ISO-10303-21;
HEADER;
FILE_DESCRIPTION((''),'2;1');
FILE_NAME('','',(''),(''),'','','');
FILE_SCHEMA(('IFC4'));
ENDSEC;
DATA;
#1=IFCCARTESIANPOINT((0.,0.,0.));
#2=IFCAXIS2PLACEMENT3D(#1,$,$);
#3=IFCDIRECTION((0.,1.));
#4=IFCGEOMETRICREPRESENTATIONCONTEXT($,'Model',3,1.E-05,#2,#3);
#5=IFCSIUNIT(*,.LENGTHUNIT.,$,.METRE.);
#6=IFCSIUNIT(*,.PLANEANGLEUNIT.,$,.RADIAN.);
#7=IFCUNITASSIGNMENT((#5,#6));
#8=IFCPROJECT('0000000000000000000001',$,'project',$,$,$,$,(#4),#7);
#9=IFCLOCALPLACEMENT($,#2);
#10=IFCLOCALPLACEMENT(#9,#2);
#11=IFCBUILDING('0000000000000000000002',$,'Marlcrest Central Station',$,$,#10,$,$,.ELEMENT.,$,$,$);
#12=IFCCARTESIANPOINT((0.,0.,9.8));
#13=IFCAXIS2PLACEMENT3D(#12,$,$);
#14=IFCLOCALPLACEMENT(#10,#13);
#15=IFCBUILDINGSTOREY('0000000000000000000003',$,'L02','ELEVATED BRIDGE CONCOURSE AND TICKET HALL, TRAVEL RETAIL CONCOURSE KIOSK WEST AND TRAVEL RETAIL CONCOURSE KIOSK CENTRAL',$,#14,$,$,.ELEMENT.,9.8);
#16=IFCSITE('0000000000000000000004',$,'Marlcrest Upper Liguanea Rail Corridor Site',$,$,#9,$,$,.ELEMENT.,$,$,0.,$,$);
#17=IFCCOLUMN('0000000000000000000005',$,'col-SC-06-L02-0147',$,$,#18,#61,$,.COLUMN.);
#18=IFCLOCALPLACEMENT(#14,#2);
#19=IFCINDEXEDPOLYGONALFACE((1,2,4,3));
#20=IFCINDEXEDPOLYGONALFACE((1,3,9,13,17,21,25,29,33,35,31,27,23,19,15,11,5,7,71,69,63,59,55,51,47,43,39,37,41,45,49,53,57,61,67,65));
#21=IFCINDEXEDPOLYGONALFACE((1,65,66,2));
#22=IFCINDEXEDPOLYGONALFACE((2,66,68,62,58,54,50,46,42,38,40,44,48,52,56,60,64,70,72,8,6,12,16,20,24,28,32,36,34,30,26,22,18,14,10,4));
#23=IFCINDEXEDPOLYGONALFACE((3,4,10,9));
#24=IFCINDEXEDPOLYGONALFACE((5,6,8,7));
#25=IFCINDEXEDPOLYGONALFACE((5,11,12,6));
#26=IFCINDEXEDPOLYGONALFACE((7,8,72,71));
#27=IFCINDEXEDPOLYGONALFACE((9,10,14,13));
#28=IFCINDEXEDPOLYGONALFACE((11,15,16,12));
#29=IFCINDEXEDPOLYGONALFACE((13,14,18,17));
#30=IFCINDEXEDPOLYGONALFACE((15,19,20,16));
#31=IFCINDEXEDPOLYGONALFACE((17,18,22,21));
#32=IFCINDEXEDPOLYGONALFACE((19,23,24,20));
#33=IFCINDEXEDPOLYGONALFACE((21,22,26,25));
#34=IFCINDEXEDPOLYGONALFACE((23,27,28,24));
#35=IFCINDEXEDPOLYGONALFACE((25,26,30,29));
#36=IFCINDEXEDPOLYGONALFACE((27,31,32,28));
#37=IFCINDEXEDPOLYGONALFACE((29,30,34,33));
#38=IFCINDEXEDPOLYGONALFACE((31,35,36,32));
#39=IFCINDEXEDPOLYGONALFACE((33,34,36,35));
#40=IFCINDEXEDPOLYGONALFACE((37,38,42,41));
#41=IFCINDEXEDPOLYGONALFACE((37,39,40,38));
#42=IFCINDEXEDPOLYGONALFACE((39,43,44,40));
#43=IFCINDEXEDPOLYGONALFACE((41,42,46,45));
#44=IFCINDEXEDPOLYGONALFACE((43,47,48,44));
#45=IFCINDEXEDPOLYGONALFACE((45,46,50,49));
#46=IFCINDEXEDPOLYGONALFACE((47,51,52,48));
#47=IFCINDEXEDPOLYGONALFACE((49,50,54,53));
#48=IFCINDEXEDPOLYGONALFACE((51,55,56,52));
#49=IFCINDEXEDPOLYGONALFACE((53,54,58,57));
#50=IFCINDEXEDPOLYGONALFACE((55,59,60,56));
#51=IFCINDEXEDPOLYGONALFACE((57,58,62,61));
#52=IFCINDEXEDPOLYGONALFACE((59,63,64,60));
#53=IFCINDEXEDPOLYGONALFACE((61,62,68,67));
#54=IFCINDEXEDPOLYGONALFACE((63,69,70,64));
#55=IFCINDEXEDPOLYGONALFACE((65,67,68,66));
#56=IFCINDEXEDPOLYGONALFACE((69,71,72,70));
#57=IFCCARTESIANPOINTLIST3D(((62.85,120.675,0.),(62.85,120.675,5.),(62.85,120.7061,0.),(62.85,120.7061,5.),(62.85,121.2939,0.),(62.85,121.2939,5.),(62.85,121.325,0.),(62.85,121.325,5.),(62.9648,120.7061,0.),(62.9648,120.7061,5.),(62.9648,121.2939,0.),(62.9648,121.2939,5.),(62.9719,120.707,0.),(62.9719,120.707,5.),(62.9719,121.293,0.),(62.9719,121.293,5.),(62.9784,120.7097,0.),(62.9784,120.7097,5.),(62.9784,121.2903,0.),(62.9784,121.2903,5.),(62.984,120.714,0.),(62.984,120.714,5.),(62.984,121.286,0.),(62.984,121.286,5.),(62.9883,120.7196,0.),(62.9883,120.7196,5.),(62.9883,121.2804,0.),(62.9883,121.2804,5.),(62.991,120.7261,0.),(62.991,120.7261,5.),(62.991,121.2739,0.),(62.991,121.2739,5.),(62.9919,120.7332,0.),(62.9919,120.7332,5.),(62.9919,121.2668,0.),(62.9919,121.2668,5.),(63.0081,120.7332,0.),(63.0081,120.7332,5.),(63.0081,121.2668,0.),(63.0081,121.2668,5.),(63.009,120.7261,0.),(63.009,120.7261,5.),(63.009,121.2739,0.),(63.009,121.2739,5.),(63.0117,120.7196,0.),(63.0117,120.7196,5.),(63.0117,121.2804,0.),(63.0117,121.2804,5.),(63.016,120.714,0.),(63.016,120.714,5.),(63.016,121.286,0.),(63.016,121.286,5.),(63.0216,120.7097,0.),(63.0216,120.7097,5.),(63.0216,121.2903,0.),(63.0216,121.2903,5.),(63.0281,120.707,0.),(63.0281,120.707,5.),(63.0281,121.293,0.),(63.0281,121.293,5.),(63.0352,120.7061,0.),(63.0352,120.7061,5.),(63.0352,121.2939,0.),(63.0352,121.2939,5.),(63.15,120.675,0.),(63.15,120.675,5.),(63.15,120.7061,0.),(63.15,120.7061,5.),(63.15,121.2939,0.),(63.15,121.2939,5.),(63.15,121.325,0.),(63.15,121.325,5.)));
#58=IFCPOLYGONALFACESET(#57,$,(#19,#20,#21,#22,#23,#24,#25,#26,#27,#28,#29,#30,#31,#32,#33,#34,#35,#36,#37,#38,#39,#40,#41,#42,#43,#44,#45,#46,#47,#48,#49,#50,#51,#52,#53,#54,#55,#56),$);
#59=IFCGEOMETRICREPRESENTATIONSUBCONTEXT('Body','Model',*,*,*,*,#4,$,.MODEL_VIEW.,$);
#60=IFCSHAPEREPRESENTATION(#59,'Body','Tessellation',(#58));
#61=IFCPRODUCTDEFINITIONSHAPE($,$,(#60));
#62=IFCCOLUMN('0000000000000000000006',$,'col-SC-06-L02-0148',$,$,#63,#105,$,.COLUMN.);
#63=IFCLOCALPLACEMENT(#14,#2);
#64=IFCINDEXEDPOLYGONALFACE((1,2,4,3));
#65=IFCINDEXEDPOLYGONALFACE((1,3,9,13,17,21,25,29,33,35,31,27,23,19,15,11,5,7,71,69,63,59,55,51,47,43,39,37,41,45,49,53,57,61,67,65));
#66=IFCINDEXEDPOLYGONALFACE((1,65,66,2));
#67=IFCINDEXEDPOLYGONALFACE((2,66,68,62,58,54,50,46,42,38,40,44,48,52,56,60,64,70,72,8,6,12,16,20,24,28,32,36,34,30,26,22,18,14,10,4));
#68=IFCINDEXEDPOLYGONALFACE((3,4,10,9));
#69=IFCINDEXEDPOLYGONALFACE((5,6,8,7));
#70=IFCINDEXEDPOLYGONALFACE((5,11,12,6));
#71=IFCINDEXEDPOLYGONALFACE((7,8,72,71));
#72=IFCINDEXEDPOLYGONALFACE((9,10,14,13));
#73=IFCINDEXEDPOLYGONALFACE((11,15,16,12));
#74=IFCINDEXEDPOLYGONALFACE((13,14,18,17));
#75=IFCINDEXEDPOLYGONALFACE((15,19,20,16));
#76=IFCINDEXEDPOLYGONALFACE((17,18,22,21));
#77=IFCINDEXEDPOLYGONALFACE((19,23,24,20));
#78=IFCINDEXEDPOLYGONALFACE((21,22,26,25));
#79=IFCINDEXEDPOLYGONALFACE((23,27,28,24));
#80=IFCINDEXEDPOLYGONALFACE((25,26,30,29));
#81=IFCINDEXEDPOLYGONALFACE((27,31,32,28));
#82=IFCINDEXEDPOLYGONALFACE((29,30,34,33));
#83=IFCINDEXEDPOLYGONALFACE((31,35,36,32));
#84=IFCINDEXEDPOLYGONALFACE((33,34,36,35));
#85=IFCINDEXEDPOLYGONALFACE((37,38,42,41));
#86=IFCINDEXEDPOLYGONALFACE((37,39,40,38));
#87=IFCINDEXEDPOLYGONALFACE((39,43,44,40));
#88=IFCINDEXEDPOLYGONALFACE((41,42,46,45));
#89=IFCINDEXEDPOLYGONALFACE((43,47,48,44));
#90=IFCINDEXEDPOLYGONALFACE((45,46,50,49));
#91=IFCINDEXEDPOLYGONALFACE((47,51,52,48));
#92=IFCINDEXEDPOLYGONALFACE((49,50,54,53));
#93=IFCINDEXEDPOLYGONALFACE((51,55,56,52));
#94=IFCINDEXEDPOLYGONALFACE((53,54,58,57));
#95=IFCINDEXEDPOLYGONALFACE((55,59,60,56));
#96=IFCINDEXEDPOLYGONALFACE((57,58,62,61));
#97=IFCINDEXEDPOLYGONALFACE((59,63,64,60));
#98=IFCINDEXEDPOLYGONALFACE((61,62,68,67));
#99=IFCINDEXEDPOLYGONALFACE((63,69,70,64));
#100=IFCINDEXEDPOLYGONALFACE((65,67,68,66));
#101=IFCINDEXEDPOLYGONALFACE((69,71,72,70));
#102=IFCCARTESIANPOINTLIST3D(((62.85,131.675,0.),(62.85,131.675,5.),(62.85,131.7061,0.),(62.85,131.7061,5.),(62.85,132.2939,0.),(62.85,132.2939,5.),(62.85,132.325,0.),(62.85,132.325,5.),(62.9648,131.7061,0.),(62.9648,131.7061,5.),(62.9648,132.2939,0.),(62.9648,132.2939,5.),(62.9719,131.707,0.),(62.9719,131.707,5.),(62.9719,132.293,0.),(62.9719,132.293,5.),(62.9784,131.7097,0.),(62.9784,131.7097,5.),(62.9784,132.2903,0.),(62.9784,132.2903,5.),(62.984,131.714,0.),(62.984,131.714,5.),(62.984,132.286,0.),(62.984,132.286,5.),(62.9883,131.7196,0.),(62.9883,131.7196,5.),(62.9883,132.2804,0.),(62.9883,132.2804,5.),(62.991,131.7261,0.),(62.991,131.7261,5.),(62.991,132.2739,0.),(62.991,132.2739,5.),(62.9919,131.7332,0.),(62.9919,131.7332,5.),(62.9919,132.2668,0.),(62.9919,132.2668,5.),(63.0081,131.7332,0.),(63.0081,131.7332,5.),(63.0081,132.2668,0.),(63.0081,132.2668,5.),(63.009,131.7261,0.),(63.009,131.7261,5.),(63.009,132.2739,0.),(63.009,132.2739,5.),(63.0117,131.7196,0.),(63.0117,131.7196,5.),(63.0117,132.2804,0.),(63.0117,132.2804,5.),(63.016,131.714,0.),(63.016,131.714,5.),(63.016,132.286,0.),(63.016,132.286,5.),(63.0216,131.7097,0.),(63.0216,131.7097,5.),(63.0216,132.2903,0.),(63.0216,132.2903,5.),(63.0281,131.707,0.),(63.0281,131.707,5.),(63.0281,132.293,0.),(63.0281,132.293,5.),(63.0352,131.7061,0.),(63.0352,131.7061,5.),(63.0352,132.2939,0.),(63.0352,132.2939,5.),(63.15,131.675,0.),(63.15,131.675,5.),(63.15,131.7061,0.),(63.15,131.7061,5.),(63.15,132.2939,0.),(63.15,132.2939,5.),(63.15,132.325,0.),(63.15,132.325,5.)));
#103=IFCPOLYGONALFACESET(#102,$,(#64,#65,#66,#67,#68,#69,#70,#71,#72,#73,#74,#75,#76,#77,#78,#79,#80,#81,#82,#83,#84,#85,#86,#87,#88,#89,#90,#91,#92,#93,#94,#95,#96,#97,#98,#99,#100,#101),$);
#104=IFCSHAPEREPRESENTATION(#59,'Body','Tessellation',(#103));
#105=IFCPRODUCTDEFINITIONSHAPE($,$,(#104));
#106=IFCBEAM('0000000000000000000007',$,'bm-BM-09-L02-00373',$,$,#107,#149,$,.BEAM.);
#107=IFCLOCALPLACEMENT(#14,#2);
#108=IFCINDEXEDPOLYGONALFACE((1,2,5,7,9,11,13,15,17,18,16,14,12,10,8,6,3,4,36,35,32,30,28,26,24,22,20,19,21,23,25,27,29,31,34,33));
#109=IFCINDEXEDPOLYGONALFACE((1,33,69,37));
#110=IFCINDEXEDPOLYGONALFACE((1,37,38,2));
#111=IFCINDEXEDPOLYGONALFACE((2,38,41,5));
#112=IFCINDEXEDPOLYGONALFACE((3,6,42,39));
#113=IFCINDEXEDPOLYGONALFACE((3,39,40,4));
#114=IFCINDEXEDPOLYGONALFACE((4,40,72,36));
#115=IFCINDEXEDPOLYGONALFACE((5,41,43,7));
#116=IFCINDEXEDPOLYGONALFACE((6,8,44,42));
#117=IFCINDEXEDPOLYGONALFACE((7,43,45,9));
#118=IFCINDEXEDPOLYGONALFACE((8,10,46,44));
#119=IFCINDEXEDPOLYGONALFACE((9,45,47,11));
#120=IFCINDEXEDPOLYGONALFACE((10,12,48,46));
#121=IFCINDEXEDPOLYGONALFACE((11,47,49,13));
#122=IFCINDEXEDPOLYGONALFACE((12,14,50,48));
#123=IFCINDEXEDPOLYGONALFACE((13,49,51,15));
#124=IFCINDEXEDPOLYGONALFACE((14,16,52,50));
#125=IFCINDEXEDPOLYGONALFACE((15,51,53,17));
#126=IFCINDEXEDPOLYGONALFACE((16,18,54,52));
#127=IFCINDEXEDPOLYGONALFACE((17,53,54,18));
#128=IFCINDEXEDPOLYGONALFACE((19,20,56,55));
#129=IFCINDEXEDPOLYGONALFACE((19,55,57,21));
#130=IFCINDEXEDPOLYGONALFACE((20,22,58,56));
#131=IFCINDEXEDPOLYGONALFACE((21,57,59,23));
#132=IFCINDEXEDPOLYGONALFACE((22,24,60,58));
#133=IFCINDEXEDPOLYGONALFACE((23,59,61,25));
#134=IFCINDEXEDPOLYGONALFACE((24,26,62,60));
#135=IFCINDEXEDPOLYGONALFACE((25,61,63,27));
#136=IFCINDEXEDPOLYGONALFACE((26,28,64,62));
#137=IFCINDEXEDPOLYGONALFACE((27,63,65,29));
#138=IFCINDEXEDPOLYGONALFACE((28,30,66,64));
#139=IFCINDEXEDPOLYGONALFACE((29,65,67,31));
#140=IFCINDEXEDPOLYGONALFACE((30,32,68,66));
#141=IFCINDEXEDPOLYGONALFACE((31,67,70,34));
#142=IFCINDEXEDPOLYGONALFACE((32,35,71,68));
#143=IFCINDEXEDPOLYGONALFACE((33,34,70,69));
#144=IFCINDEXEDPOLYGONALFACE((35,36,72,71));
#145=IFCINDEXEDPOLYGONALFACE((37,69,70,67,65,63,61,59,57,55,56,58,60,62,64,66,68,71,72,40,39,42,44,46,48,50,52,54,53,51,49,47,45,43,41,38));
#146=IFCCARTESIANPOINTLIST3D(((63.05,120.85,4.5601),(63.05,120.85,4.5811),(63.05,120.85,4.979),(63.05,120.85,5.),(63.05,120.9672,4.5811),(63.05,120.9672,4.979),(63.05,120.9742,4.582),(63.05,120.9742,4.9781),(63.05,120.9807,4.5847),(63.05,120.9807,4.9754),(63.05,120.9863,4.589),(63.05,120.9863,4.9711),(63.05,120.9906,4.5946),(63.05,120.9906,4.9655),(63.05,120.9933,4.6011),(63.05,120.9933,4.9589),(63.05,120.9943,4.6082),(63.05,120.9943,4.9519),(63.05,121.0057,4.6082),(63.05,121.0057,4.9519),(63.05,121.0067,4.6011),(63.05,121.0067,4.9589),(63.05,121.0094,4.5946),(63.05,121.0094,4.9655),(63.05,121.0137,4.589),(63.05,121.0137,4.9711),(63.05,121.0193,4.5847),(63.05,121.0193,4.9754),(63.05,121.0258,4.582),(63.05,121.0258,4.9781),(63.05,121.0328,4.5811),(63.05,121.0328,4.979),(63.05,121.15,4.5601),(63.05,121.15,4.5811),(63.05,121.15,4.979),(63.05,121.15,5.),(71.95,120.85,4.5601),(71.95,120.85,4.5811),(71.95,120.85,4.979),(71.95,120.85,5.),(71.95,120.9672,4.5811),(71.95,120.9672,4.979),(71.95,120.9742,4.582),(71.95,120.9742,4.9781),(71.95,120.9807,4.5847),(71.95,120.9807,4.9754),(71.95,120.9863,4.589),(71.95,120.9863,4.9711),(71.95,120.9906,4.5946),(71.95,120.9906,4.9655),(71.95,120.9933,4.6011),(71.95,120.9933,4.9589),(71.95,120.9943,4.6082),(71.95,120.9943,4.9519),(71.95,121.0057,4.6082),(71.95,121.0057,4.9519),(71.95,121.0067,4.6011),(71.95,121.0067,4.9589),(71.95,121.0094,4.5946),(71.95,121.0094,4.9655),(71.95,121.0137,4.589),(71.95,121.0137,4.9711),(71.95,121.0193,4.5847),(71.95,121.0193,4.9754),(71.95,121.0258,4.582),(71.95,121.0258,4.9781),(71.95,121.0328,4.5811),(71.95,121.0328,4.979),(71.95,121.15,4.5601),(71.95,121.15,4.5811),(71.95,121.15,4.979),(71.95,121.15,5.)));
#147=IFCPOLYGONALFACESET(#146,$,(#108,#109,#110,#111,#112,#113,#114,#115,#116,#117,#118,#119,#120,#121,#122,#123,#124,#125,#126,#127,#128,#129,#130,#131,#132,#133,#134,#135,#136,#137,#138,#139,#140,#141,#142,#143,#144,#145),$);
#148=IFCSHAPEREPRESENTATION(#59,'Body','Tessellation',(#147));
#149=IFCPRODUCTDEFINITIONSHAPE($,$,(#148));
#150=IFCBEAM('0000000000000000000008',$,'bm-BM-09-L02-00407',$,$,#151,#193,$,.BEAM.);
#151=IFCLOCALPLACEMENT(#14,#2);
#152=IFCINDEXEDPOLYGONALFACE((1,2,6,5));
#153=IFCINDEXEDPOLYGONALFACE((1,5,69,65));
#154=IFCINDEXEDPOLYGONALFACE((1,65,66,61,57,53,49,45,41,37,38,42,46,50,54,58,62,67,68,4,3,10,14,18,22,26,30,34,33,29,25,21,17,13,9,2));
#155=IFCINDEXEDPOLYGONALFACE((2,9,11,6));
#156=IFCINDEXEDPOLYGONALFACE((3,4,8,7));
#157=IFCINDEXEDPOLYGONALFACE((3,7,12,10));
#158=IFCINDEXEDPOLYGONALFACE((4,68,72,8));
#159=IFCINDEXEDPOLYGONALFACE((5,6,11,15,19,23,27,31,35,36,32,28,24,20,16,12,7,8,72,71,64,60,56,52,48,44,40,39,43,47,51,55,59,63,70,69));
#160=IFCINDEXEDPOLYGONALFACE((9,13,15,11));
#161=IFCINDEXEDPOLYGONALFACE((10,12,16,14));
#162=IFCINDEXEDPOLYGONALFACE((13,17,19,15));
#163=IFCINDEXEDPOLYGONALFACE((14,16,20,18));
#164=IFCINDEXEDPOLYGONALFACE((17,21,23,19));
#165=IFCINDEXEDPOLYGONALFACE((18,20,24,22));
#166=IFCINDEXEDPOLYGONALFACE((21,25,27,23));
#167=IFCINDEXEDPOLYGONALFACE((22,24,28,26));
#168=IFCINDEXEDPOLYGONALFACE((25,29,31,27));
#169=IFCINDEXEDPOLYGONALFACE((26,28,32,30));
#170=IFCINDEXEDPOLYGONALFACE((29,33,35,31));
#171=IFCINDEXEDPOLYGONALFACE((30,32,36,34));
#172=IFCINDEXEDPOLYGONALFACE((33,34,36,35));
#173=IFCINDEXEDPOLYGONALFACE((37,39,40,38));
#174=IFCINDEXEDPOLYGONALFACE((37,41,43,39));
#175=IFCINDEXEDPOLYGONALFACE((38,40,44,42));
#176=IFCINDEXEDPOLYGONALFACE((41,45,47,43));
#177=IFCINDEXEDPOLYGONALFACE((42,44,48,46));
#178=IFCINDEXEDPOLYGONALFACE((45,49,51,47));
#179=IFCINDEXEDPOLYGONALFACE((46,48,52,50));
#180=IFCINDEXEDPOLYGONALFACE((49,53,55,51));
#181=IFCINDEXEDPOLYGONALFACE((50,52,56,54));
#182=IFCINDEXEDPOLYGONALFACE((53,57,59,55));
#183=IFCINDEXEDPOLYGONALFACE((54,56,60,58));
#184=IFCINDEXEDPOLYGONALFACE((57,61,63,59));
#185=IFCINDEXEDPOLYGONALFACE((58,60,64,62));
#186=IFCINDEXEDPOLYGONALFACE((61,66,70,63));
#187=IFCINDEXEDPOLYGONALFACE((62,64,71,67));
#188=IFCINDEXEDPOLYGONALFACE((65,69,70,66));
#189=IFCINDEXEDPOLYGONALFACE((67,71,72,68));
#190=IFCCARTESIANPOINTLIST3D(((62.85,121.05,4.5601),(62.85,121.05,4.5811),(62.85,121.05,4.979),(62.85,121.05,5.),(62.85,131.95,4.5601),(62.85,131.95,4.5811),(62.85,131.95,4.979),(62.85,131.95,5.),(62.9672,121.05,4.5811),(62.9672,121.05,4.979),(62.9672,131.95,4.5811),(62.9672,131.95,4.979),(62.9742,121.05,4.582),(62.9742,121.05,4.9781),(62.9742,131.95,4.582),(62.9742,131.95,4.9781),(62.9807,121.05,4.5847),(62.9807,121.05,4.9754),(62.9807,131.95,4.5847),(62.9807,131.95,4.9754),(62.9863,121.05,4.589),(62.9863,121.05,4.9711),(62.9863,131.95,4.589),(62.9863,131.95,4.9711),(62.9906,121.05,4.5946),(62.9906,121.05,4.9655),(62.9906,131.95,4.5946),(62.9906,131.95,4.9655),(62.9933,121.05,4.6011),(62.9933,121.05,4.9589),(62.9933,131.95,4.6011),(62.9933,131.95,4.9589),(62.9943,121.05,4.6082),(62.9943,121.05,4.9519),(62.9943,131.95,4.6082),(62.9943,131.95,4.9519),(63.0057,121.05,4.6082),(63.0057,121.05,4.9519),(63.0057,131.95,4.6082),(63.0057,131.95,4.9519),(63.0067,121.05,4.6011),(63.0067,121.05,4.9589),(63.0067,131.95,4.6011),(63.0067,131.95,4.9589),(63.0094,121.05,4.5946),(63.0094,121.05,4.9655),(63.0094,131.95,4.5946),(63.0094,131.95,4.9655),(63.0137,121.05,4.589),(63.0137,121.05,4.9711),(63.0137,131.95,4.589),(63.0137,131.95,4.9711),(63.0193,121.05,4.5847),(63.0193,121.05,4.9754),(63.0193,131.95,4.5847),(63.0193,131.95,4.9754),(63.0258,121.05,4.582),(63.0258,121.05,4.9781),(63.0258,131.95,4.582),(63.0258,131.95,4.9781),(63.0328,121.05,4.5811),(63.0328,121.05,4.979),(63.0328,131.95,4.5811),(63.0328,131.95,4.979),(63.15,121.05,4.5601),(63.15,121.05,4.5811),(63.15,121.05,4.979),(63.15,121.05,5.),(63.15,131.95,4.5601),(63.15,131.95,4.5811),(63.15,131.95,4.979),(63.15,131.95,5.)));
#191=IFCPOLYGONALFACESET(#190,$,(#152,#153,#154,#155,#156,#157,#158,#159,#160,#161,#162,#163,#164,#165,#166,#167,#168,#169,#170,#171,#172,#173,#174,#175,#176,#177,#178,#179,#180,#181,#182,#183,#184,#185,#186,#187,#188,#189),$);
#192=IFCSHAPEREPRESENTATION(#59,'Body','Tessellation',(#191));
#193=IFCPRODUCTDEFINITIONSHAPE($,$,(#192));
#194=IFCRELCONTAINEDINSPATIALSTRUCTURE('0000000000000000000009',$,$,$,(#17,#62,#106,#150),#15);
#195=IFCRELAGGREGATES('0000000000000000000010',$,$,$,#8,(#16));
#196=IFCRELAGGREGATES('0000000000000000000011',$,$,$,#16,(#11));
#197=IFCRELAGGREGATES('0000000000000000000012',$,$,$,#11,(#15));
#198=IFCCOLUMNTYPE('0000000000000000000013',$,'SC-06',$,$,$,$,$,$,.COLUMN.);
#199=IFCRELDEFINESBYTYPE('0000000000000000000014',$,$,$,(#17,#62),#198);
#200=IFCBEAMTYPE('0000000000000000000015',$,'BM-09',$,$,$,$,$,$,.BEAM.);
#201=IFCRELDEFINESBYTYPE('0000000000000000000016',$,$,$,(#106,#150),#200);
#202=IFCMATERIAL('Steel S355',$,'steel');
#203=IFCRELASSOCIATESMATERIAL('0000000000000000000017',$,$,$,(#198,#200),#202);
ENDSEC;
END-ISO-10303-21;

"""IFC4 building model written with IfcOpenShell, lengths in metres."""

from ifc_helpers import new_model, si_unit, direction, frame, origin, origin_2d, place, context, subcontext, project, spatial, i_section, extrude, material, material_profile, profile_set, type_object, element, save


model = new_model("IFC4")

# Units and contexts
model_context = context("Model", 3, precision=1e-05, world=origin(), true_north=direction((0.0, 1.0)))
body_context = subcontext(model_context, "Body", "Model", "MODEL_VIEW")
ifc_project = project(units=[si_unit("LENGTHUNIT", "METRE"), si_unit("PLANEANGLEUNIT", "RADIAN")], contexts=[model_context])

# Site, building, storey
site_placement = place(None, origin())
site = spatial("IfcSite", under=ifc_project, at=site_placement, Name="Marlcrest Upper Liguanea Rail Corridor Site", CompositionType="ELEMENT", RefElevation=0.0)
building_placement = place(site_placement, origin())
building = spatial("IfcBuilding", under=site, at=building_placement, Name="Marlcrest Central Station", CompositionType="ELEMENT")
storey_placement = place(building_placement, frame((0.0, 0.0, 9.8)))
storey = spatial("IfcBuildingStorey", under=building, at=storey_placement, Name="L02", Description="ELEVATED BRIDGE CONCOURSE AND TICKET HALL, TRAVEL RETAIL CONCOURSE KIOSK WEST AND TRAVEL RETAIL CONCOURSE KIOSK CENTRAL", CompositionType="ELEMENT", Elevation=9.8)

# Columns
ifc_material_1 = material(Name="Steel S355", Category="steel")
ifc_material_profile_1 = material_profile(ifc_material_1, i_section(OverallWidth=0.3, OverallDepth=0.6499, WebThickness=0.0161, FlangeThickness=0.031, FilletRadius=0.0271, at=origin_2d()), Name="HEB 650")
ifc_profile_set_1 = profile_set([ifc_material_profile_1], Name="Steel S355")
column_type = type_object("IfcColumnType", Name="SC-06", PredefinedType="COLUMN", material=ifc_profile_set_1)
for number, where, z_axis, x_axis, name in (
    (1, (63.0, 121.0, 0.0), (0.0, 0.0, 1.0), (1.0, 0.0, 0.0), "col-SC-06-L02-0147"),
    (2, (63.0, 132.0, 0.0), (0.0, 0.0, 1.0), (1.0, 0.0, 0.0), "col-SC-06-L02-0148"),
):
    element("IfcColumn", number, at=place(storey_placement, frame(where, z_axis=z_axis, x_axis=x_axis)), inside=storey, type_object=column_type, Name=name, PredefinedType="COLUMN", context=body_context, shape_type="SweptSolid", body=[
        extrude(i_section(OverallWidth=0.3, OverallDepth=0.6499, WebThickness=0.0161, FlangeThickness=0.031, FilletRadius=0.0271, at=origin_2d()), origin(), (0.0, 0.0, 1.0), 5.0),
    ])

# Beams
ifc_material_profile_2 = material_profile(ifc_material_1, i_section(OverallWidth=0.3, OverallDepth=0.4399, WebThickness=0.0115, FlangeThickness=0.021, FilletRadius=0.0271, at=origin_2d()), Name="HEA 450")
ifc_profile_set_2 = profile_set([ifc_material_profile_2], Name="Steel S355")
beam_type_1 = type_object("IfcBeamType", Name="BM-09", PredefinedType="BEAM", material=ifc_profile_set_2)
beam_1_placement = place(storey_placement, frame((63.05, 121.0, 4.78), z_axis=(1.0, 0.0, 0.0), x_axis=(0.0, 1.0, 0.0)))
element("IfcBeam", 3, at=beam_1_placement, inside=storey, type_object=beam_type_1, Name="bm-BM-09-L02-00373", PredefinedType="BEAM", context=body_context, shape_type="SweptSolid", body=[
    extrude(i_section(OverallWidth=0.3, OverallDepth=0.4399, WebThickness=0.0115, FlangeThickness=0.021, FilletRadius=0.0271, at=origin_2d()), origin(), (0.0, 0.0, 1.0), 8.8999),
])
beam_2_placement = place(storey_placement, frame((63.0, 121.05, 4.78), z_axis=(0.0, 1.0, 0.0), x_axis=(-1.0, 0.0, 0.0)))
element("IfcBeam", 4, at=beam_2_placement, inside=storey, type_object=beam_type_1, Name="bm-BM-09-L02-00407", PredefinedType="BEAM", context=body_context, shape_type="SweptSolid", body=[
    extrude(i_section(OverallWidth=0.3, OverallDepth=0.4399, WebThickness=0.0115, FlangeThickness=0.021, FilletRadius=0.0271, at=origin_2d()), origin(), (0.0, 0.0, 1.0), 10.8999),
])

save(model, "model.ifc")
